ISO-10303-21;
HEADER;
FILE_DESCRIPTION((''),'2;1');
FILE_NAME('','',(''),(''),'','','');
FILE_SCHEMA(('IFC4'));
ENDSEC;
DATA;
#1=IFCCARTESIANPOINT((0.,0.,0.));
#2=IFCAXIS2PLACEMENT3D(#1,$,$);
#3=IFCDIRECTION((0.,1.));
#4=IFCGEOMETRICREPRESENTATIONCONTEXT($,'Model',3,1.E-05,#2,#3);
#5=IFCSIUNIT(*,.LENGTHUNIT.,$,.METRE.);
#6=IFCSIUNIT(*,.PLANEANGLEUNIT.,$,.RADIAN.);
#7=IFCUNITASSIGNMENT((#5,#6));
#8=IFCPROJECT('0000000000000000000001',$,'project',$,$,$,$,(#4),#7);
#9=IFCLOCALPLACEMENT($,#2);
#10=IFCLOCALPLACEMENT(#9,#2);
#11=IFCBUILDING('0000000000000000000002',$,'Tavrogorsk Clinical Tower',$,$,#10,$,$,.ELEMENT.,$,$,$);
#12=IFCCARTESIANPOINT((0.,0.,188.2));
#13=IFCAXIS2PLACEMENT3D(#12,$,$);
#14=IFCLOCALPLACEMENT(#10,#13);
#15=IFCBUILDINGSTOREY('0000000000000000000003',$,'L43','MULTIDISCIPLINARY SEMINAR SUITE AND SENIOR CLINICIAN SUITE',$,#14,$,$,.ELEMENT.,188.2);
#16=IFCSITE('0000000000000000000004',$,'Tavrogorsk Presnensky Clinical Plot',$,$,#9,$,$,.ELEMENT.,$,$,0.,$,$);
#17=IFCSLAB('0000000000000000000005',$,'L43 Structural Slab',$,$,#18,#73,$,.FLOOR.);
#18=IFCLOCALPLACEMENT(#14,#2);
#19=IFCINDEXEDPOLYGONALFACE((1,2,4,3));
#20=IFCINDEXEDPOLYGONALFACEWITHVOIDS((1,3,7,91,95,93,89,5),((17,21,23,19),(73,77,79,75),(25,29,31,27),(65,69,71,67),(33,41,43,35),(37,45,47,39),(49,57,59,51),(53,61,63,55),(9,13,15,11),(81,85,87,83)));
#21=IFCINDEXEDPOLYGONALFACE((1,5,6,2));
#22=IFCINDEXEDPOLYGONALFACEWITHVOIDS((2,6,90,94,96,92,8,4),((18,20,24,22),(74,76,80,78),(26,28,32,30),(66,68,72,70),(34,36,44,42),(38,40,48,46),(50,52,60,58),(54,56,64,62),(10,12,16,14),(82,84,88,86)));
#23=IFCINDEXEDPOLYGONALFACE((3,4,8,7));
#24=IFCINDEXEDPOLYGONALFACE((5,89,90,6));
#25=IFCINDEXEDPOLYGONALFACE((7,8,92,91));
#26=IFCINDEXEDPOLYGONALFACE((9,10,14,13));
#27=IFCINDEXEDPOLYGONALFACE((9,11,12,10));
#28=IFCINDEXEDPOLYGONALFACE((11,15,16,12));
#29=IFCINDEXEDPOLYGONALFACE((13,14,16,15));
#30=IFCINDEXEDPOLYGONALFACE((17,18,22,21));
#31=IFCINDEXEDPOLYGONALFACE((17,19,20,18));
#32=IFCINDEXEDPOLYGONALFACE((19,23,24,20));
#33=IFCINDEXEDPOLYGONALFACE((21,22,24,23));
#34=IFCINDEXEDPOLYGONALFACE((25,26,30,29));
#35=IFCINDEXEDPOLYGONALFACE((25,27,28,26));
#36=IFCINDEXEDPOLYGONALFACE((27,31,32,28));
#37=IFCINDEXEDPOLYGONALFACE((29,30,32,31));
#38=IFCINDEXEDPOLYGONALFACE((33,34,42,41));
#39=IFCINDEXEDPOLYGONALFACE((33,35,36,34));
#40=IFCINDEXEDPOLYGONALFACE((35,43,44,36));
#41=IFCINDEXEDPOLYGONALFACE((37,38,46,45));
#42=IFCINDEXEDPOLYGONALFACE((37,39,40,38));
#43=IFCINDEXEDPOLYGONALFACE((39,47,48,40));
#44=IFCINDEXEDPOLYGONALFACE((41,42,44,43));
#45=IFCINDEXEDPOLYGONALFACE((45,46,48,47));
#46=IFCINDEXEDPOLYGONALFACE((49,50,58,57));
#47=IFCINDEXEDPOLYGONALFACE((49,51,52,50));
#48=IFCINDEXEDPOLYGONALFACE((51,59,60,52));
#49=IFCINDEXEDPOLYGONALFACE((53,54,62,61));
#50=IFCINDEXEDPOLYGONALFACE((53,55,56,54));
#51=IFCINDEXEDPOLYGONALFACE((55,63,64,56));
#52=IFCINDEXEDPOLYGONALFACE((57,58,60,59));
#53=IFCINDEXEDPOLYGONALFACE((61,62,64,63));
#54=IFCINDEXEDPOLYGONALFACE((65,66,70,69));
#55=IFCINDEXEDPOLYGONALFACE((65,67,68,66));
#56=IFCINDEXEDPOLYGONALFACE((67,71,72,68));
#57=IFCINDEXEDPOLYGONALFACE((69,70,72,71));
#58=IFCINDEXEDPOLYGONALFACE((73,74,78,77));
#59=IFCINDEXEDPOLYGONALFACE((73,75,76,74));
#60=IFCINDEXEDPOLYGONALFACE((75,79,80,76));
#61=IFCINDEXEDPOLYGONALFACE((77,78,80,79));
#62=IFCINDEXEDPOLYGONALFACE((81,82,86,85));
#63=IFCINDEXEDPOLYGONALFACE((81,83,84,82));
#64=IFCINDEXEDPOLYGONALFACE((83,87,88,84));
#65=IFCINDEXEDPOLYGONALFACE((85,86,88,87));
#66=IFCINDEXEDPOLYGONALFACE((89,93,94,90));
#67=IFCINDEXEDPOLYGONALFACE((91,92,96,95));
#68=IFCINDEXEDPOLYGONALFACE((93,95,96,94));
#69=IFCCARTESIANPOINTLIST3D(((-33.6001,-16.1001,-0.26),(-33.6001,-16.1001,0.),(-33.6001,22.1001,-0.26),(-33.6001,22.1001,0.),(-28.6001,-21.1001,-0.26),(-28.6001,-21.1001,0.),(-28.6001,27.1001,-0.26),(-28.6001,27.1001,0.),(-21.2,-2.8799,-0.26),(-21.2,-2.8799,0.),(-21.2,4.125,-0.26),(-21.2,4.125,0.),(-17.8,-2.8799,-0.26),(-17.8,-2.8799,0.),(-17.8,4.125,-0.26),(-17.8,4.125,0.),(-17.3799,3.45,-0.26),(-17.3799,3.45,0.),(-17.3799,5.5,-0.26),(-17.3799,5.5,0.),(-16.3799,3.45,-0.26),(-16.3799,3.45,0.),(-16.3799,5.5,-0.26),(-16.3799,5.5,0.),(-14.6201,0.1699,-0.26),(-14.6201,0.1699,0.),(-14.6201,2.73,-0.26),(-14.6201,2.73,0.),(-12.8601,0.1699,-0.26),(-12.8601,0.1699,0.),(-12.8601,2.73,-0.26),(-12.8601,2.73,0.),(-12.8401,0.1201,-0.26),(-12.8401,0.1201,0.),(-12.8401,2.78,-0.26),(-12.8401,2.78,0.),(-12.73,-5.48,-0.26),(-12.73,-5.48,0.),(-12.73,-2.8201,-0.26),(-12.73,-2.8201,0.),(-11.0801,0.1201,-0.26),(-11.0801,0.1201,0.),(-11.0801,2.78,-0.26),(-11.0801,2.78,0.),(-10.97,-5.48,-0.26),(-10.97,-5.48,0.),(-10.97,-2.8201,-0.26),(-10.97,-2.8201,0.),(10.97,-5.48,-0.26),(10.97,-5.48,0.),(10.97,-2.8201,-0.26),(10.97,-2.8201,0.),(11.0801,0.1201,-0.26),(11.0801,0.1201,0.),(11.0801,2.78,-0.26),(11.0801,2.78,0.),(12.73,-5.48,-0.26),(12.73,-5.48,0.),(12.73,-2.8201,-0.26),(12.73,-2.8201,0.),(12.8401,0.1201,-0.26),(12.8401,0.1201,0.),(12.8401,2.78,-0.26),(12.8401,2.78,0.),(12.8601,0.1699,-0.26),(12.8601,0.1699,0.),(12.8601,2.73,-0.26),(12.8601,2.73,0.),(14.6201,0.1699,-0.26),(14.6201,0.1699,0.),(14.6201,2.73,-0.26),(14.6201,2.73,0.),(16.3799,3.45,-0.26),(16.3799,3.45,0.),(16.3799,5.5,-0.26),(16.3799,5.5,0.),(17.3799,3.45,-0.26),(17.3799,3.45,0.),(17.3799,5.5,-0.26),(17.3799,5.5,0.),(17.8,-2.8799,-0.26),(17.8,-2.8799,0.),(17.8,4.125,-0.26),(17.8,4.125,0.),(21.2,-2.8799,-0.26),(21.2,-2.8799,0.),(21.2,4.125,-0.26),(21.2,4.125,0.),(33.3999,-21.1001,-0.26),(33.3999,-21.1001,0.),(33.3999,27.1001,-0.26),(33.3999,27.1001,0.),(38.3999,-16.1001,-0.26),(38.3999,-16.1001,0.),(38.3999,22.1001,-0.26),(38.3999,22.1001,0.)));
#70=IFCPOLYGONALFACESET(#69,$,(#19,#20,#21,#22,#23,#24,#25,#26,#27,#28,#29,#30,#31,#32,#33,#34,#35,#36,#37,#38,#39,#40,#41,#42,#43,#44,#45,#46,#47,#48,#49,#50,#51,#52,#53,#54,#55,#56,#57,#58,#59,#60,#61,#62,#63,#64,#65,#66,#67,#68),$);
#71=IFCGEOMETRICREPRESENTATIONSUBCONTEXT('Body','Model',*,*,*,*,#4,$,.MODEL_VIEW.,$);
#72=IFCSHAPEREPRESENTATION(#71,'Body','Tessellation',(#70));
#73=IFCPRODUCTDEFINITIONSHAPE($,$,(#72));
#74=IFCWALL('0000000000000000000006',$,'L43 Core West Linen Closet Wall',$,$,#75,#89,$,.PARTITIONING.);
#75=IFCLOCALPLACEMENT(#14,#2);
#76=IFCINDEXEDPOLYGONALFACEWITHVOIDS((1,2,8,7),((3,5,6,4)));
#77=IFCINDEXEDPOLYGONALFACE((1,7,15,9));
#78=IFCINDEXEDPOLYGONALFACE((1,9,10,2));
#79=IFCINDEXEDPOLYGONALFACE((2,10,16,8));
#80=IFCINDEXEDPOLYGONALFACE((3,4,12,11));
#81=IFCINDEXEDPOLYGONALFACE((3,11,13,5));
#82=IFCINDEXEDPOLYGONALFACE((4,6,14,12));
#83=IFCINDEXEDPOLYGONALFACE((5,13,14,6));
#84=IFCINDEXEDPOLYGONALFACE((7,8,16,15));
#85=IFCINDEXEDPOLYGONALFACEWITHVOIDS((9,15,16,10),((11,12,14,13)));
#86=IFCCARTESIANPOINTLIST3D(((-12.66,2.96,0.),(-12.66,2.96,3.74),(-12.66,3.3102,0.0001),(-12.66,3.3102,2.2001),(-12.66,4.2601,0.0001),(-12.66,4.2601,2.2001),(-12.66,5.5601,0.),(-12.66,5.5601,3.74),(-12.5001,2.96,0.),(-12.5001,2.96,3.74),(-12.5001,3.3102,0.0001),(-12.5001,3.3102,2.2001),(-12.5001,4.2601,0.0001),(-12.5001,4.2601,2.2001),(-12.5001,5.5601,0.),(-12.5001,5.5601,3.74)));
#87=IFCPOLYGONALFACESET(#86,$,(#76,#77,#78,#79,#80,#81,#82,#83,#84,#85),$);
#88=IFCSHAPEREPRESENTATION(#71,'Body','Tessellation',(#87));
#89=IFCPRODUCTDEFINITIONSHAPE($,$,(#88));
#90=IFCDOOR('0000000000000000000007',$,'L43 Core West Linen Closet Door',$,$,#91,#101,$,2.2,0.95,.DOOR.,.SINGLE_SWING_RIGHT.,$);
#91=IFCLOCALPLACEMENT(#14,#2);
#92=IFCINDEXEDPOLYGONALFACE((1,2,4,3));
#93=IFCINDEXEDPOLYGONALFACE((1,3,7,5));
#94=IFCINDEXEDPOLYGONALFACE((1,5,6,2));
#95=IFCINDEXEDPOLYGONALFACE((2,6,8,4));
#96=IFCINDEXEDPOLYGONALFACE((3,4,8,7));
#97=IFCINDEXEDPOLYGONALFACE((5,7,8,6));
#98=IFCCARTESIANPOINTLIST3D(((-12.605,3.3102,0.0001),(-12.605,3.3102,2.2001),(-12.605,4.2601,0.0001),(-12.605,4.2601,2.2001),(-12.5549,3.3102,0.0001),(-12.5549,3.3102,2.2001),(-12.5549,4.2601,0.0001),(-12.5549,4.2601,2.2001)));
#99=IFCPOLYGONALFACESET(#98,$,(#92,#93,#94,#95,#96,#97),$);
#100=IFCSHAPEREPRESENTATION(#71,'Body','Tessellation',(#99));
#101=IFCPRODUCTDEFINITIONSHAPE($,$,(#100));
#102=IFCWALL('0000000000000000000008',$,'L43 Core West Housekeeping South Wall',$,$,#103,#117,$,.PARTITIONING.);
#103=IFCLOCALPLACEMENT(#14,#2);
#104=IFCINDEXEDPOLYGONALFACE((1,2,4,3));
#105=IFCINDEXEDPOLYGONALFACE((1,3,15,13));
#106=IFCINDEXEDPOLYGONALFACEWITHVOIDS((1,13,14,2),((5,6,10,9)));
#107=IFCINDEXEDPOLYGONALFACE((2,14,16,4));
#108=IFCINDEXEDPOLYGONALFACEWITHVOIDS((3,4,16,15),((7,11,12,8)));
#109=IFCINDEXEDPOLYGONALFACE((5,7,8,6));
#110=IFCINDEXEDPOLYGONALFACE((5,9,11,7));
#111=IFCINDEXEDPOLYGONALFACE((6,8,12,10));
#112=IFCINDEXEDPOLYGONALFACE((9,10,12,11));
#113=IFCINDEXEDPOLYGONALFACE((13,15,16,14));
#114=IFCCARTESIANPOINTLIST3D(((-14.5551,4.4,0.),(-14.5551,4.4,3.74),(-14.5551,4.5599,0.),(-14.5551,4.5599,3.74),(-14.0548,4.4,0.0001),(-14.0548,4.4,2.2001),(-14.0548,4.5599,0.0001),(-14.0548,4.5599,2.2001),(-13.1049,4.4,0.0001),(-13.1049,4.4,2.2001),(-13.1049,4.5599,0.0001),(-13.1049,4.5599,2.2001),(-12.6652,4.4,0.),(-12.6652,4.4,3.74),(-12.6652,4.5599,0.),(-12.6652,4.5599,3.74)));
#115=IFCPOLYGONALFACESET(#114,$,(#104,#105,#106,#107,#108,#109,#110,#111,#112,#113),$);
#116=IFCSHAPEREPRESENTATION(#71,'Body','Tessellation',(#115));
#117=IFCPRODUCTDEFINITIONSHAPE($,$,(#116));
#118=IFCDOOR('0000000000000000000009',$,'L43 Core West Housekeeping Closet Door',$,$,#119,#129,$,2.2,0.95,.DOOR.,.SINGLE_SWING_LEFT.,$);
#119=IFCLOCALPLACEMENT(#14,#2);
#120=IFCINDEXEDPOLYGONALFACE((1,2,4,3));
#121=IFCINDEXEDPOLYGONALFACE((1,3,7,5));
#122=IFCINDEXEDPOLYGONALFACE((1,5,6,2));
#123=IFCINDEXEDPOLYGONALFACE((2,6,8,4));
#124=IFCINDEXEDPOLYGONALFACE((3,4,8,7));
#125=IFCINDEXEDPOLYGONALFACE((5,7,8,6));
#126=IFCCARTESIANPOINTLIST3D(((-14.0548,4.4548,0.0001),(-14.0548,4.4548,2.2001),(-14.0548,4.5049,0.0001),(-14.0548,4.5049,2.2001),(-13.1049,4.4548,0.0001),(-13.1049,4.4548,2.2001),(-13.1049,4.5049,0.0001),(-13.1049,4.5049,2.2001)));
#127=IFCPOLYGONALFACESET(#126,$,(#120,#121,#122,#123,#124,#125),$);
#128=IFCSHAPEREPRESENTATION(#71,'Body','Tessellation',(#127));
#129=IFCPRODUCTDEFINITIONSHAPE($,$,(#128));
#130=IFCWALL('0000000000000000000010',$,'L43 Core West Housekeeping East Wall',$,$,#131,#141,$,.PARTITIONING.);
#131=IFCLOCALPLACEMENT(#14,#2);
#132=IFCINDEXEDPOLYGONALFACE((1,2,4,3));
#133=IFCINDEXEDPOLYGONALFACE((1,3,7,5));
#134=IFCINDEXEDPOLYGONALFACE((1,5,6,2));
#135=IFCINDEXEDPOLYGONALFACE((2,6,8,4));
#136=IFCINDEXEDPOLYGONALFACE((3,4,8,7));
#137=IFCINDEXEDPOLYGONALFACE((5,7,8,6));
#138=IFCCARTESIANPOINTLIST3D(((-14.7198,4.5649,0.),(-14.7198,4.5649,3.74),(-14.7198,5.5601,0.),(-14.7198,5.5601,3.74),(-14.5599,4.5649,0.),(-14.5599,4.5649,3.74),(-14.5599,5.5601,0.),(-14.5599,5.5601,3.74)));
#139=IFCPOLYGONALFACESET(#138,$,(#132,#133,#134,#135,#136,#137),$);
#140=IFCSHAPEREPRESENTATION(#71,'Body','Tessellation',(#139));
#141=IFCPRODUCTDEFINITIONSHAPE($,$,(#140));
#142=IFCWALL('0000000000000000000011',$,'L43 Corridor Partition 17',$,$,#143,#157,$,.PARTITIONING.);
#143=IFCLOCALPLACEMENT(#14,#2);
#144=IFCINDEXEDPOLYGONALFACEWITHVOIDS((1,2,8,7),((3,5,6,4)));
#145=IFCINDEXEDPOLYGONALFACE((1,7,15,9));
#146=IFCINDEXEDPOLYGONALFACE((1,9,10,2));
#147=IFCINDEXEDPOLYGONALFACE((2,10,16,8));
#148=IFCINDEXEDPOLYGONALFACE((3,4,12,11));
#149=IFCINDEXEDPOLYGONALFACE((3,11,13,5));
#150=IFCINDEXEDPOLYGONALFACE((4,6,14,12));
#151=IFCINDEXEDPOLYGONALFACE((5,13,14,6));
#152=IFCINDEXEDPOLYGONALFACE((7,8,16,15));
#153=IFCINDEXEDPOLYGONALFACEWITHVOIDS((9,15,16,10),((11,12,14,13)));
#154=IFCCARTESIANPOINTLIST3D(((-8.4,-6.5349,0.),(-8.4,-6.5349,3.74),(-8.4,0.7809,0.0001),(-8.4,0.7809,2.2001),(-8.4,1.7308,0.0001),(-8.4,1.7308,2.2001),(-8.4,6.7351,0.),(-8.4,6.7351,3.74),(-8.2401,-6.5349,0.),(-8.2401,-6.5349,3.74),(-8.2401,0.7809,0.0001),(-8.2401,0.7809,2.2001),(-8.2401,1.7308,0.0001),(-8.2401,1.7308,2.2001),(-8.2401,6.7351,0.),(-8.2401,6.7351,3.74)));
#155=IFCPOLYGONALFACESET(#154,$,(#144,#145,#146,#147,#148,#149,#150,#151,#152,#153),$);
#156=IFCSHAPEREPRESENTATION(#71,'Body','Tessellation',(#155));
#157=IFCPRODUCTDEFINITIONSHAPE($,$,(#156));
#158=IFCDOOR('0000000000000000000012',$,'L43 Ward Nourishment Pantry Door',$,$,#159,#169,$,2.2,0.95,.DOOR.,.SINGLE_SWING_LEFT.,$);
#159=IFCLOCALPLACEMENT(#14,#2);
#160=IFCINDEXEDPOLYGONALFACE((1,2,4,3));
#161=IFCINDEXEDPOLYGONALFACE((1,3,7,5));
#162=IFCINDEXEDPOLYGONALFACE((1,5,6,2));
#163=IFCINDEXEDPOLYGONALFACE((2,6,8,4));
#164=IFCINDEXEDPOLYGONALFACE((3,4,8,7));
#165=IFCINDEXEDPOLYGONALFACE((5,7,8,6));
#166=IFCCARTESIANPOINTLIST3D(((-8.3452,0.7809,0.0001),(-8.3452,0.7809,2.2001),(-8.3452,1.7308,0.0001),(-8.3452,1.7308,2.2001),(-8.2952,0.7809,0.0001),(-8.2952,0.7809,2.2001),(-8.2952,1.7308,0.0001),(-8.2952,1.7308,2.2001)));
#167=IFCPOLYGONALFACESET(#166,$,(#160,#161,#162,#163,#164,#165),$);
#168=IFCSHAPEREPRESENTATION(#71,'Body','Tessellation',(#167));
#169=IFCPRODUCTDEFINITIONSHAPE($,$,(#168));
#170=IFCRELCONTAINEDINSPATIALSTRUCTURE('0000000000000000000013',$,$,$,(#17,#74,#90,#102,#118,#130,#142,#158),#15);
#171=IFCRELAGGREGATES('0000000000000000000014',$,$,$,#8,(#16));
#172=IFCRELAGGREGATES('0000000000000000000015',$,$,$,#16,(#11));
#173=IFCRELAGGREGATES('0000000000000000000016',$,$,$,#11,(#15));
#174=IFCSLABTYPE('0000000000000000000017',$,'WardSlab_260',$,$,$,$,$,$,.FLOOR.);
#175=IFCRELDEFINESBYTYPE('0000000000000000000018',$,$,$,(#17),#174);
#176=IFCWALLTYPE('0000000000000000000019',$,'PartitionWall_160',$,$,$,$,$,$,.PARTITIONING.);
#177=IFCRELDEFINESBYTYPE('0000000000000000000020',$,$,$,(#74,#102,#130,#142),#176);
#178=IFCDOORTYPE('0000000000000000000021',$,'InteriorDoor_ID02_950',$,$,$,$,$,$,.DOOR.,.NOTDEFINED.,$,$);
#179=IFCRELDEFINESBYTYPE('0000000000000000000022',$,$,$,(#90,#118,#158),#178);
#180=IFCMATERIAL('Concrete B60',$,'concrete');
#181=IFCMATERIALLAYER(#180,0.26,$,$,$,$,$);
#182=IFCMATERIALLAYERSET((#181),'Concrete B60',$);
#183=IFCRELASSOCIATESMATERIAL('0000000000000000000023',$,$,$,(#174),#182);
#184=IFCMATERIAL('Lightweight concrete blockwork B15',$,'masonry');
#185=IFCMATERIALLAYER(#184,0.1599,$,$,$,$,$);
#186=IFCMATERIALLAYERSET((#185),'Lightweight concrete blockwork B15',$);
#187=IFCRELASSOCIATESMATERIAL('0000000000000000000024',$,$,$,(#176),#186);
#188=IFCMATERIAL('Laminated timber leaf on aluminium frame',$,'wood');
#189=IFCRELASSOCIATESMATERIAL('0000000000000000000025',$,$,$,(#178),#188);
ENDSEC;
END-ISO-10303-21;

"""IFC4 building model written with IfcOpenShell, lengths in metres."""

from ifc_helpers import new_model, si_unit, direction, frame, frame_2d, origin, place, context, subcontext, project, spatial, polyline, rectangle, outline, extrude, material, layer, layer_set, type_object, element, fill, save


model = new_model("IFC4")

# Units and contexts
model_context = context("Model", 3, precision=1e-05, world=origin(), true_north=direction((0.0, 1.0)))
body_context = subcontext(model_context, "Body", "Model", "MODEL_VIEW")
ifc_project = project(units=[si_unit("LENGTHUNIT", "METRE"), si_unit("PLANEANGLEUNIT", "RADIAN")], contexts=[model_context])

# Site, building, storey
site_placement = place(None, origin())
site = spatial("IfcSite", under=ifc_project, at=site_placement, Name="Tavrogorsk Presnensky Clinical Plot", CompositionType="ELEMENT", RefElevation=0.0)
building_placement = place(site_placement, origin())
building = spatial("IfcBuilding", under=site, at=building_placement, Name="Tavrogorsk Clinical Tower", CompositionType="ELEMENT")
storey_placement = place(building_placement, frame((0.0, 0.0, 188.2)))
storey = spatial("IfcBuildingStorey", under=building, at=storey_placement, Name="L43", Description="MULTIDISCIPLINARY SEMINAR SUITE AND SENIOR CLINICIAN SUITE", CompositionType="ELEMENT", Elevation=188.2)

# Slab
ifc_material_1 = material(Name="Concrete B60", Category="concrete")
ifc_layer_1 = layer(ifc_material_1, 0.26)
ifc_layer_set_1 = layer_set([ifc_layer_1], Name="Concrete B60")
slab_type_1 = type_object("IfcSlabType", Name="WardSlab_260", PredefinedType="FLOOR", material=ifc_layer_set_1)
slab_1_placement = place(storey_placement, frame((0.0, 0.0, -0.26)))
element("IfcSlab", 1, at=slab_1_placement, inside=storey, type_object=slab_type_1, Name="L43 Structural Slab", PredefinedType="FLOOR", context=body_context, shape_type="SweptSolid", body=[
    extrude(outline(polyline([(-28.6001, -21.1001), (33.3999, -21.1001), (38.3999, -16.1001), (38.3999, 22.1001), (33.3999, 27.1001), (-28.6001, 27.1001), (-33.6001, 22.1001), (-33.6001, -16.1001), (-28.6001, -21.1001)]), holes=[polyline([(-17.8, -2.8799), (-17.8, 4.125), (-21.2, 4.125), (-21.2, -2.8799), (-17.8, -2.8799)]), polyline([(21.2, -2.8799), (21.2, 4.125), (17.8, 4.125), (17.8, -2.8799), (21.2, -2.8799)]), polyline([(-14.6201, 0.1699), (-12.8601, 0.1699), (-12.8601, 2.73), (-14.6201, 2.73), (-14.6201, 0.1699)]), polyline([(-12.73, -5.48), (-10.97, -5.48), (-10.97, -2.8201), (-12.73, -2.8201), (-12.73, -5.48)]), polyline([(-12.8401, 0.1201), (-11.0801, 0.1201), (-11.0801, 2.78), (-12.8401, 2.78), (-12.8401, 0.1201)]), polyline([(12.8601, 0.1699), (14.6201, 0.1699), (14.6201, 2.73), (12.8601, 2.73), (12.8601, 0.1699)]), polyline([(10.97, -5.48), (12.73, -5.48), (12.73, -2.8201), (10.97, -2.8201), (10.97, -5.48)]), polyline([(11.0801, 0.1201), (12.8401, 0.1201), (12.8401, 2.78), (11.0801, 2.78), (11.0801, 0.1201)]), polyline([(-17.3799, 3.45), (-16.3799, 3.45), (-16.3799, 5.5), (-17.3799, 5.5), (-17.3799, 3.45)]), polyline([(16.3799, 3.45), (17.3799, 3.45), (17.3799, 5.5), (16.3799, 5.5), (16.3799, 3.45)])]), origin(), (0.0, 0.0, 1.0), 0.26),
])

# Walls, openings, doors
ifc_material_2 = material(Name="Lightweight concrete blockwork B15", Category="masonry")
ifc_layer_2 = layer(ifc_material_2, 0.1599)
ifc_layer_set_2 = layer_set([ifc_layer_2], Name="Lightweight concrete blockwork B15")
wall_type_1 = type_object("IfcWallType", Name="PartitionWall_160", PredefinedType="PARTITIONING", material=ifc_layer_set_2)
wall_1_placement = place(storey_placement, frame((-12.5801, 2.96, 0.0), z_axis=(0.0, 0.0, 1.0), x_axis=(0.0, 1.0, 0.0)))
wall_1 = element("IfcWall", 2, at=wall_1_placement, inside=storey, type_object=wall_type_1, Name="L43 Core West Linen Closet Wall", PredefinedType="PARTITIONING", context=body_context, shape_type="SweptSolid", body=[
    extrude(rectangle(XDim=2.6001, YDim=0.1599, at=frame_2d((1.3, 0.0))), origin(), (0.0, 0.0, 1.0), 3.74),
])
opening_1_placement = place(wall_1_placement, frame((0.3501, 0.0, 0.0)))
opening_1 = element("IfcOpeningElement", 3, at=opening_1_placement, cuts=wall_1, PredefinedType="OPENING", context=body_context, shape_type="SweptSolid", body=[
    extrude(rectangle(XDim=0.95, YDim=2.2, at=frame_2d((0.4751, 1.1001))), frame((0.0, 0.0898, 0.0), z_axis=(0.0, -1.0, 0.0), x_axis=(1.0, 0.0, 0.0)), (0.0, 0.0, 1.0), 0.1799),
])
ifc_material_3 = material(Name="Laminated timber leaf on aluminium frame", Category="wood")
door_type_1 = type_object("IfcDoorType", Name="InteriorDoor_ID02_950", OperationType="NOTDEFINED", PredefinedType="DOOR", material=ifc_material_3)
door_1_placement = place(opening_1_placement, origin())
door_1 = element("IfcDoor", 4, at=door_1_placement, inside=storey, type_object=door_type_1, Name="L43 Core West Linen Closet Door", OperationType="SINGLE_SWING_RIGHT", OverallHeight=2.2, OverallWidth=0.95, PredefinedType="DOOR", context=body_context, shape_type="SweptSolid", body=[
    extrude(rectangle(XDim=0.95, YDim=2.2, at=frame_2d((0.4751, 1.1001))), frame((0.0, 0.0249, 0.0), z_axis=(0.0, -1.0, 0.0), x_axis=(1.0, 0.0, 0.0)), (0.0, 0.0, 1.0), 0.05),
])
fill(opening_1, door_1)
wall_2_placement = place(storey_placement, frame((-14.5549, 4.48, 0.0), z_axis=(0.0, 0.0, 1.0), x_axis=(1.0, 0.0, 0.0)))
wall_2 = element("IfcWall", 5, at=wall_2_placement, inside=storey, type_object=wall_type_1, Name="L43 Core West Housekeeping South Wall", PredefinedType="PARTITIONING", context=body_context, shape_type="SweptSolid", body=[
    extrude(rectangle(XDim=1.8899, YDim=0.1599, at=frame_2d((0.9448, 0.0))), origin(), (0.0, 0.0, 1.0), 3.74),
])
opening_2_placement = place(wall_2_placement, frame((0.5, 0.0, 0.0)))
opening_2 = element("IfcOpeningElement", 6, at=opening_2_placement, cuts=wall_2, PredefinedType="OPENING", context=body_context, shape_type="SweptSolid", body=[
    extrude(rectangle(XDim=0.95, YDim=2.2, at=frame_2d((0.4751, 1.1001))), frame((0.0, 0.0898, 0.0), z_axis=(0.0, -1.0, 0.0), x_axis=(1.0, 0.0, 0.0)), (0.0, 0.0, 1.0), 0.1799),
])
door_2_placement = place(opening_2_placement, origin())
door_2 = element("IfcDoor", 7, at=door_2_placement, inside=storey, type_object=door_type_1, Name="L43 Core West Housekeeping Closet Door", OperationType="SINGLE_SWING_LEFT", OverallHeight=2.2, OverallWidth=0.95, PredefinedType="DOOR", context=body_context, shape_type="SweptSolid", body=[
    extrude(rectangle(XDim=0.95, YDim=2.2, at=frame_2d((0.4751, 1.1001))), frame((0.0, 0.0249, 0.0), z_axis=(0.0, -1.0, 0.0), x_axis=(1.0, 0.0, 0.0)), (0.0, 0.0, 1.0), 0.05),
])
fill(opening_2, door_2)

# Wall
wall_3_placement = place(storey_placement, frame((-14.6399, 4.5649, 0.0), z_axis=(0.0, 0.0, 1.0), x_axis=(0.0, 1.0, 0.0)))
element("IfcWall", 8, at=wall_3_placement, inside=storey, type_object=wall_type_1, Name="L43 Core West Housekeeping East Wall", PredefinedType="PARTITIONING", context=body_context, shape_type="SweptSolid", body=[
    extrude(rectangle(XDim=0.9951, YDim=0.1599, at=frame_2d((0.4976, 0.0))), origin(), (0.0, 0.0, 1.0), 3.74),
])

# Wall, opening, door
wall_4_placement = place(storey_placement, frame((-8.3201, 6.7351, 0.0), z_axis=(0.0, 0.0, 1.0), x_axis=(0.0, -1.0, 0.0)))
wall_4 = element("IfcWall", 9, at=wall_4_placement, inside=storey, type_object=wall_type_1, Name="L43 Corridor Partition 17", PredefinedType="PARTITIONING", context=body_context, shape_type="SweptSolid", body=[
    extrude(rectangle(XDim=13.27, YDim=0.1599, at=frame_2d((6.635, 0.0))), origin(), (0.0, 0.0, 1.0), 3.74),
])
opening_3_placement = place(wall_4_placement, frame((5.0042, 0.0, 0.0)))
opening_3 = element("IfcOpeningElement", 10, at=opening_3_placement, cuts=wall_4, PredefinedType="OPENING", context=body_context, shape_type="SweptSolid", body=[
    extrude(rectangle(XDim=0.95, YDim=2.2, at=frame_2d((0.4751, 1.1001))), frame((0.0, 0.0898, 0.0), z_axis=(0.0, -1.0, 0.0), x_axis=(1.0, 0.0, 0.0)), (0.0, 0.0, 1.0), 0.1799),
])
door_3_placement = place(opening_3_placement, origin())
door_3 = element("IfcDoor", 11, at=door_3_placement, inside=storey, type_object=door_type_1, Name="L43 Ward Nourishment Pantry Door", OperationType="SINGLE_SWING_LEFT", OverallHeight=2.2, OverallWidth=0.95, PredefinedType="DOOR", context=body_context, shape_type="SweptSolid", body=[
    extrude(rectangle(XDim=0.95, YDim=2.2, at=frame_2d((0.4751, 1.1001))), frame((0.0, 0.0249, 0.0), z_axis=(0.0, -1.0, 0.0), x_axis=(1.0, 0.0, 0.0)), (0.0, 0.0, 1.0), 0.05),
])
fill(opening_3, door_3)

save(model, "model.ifc")
